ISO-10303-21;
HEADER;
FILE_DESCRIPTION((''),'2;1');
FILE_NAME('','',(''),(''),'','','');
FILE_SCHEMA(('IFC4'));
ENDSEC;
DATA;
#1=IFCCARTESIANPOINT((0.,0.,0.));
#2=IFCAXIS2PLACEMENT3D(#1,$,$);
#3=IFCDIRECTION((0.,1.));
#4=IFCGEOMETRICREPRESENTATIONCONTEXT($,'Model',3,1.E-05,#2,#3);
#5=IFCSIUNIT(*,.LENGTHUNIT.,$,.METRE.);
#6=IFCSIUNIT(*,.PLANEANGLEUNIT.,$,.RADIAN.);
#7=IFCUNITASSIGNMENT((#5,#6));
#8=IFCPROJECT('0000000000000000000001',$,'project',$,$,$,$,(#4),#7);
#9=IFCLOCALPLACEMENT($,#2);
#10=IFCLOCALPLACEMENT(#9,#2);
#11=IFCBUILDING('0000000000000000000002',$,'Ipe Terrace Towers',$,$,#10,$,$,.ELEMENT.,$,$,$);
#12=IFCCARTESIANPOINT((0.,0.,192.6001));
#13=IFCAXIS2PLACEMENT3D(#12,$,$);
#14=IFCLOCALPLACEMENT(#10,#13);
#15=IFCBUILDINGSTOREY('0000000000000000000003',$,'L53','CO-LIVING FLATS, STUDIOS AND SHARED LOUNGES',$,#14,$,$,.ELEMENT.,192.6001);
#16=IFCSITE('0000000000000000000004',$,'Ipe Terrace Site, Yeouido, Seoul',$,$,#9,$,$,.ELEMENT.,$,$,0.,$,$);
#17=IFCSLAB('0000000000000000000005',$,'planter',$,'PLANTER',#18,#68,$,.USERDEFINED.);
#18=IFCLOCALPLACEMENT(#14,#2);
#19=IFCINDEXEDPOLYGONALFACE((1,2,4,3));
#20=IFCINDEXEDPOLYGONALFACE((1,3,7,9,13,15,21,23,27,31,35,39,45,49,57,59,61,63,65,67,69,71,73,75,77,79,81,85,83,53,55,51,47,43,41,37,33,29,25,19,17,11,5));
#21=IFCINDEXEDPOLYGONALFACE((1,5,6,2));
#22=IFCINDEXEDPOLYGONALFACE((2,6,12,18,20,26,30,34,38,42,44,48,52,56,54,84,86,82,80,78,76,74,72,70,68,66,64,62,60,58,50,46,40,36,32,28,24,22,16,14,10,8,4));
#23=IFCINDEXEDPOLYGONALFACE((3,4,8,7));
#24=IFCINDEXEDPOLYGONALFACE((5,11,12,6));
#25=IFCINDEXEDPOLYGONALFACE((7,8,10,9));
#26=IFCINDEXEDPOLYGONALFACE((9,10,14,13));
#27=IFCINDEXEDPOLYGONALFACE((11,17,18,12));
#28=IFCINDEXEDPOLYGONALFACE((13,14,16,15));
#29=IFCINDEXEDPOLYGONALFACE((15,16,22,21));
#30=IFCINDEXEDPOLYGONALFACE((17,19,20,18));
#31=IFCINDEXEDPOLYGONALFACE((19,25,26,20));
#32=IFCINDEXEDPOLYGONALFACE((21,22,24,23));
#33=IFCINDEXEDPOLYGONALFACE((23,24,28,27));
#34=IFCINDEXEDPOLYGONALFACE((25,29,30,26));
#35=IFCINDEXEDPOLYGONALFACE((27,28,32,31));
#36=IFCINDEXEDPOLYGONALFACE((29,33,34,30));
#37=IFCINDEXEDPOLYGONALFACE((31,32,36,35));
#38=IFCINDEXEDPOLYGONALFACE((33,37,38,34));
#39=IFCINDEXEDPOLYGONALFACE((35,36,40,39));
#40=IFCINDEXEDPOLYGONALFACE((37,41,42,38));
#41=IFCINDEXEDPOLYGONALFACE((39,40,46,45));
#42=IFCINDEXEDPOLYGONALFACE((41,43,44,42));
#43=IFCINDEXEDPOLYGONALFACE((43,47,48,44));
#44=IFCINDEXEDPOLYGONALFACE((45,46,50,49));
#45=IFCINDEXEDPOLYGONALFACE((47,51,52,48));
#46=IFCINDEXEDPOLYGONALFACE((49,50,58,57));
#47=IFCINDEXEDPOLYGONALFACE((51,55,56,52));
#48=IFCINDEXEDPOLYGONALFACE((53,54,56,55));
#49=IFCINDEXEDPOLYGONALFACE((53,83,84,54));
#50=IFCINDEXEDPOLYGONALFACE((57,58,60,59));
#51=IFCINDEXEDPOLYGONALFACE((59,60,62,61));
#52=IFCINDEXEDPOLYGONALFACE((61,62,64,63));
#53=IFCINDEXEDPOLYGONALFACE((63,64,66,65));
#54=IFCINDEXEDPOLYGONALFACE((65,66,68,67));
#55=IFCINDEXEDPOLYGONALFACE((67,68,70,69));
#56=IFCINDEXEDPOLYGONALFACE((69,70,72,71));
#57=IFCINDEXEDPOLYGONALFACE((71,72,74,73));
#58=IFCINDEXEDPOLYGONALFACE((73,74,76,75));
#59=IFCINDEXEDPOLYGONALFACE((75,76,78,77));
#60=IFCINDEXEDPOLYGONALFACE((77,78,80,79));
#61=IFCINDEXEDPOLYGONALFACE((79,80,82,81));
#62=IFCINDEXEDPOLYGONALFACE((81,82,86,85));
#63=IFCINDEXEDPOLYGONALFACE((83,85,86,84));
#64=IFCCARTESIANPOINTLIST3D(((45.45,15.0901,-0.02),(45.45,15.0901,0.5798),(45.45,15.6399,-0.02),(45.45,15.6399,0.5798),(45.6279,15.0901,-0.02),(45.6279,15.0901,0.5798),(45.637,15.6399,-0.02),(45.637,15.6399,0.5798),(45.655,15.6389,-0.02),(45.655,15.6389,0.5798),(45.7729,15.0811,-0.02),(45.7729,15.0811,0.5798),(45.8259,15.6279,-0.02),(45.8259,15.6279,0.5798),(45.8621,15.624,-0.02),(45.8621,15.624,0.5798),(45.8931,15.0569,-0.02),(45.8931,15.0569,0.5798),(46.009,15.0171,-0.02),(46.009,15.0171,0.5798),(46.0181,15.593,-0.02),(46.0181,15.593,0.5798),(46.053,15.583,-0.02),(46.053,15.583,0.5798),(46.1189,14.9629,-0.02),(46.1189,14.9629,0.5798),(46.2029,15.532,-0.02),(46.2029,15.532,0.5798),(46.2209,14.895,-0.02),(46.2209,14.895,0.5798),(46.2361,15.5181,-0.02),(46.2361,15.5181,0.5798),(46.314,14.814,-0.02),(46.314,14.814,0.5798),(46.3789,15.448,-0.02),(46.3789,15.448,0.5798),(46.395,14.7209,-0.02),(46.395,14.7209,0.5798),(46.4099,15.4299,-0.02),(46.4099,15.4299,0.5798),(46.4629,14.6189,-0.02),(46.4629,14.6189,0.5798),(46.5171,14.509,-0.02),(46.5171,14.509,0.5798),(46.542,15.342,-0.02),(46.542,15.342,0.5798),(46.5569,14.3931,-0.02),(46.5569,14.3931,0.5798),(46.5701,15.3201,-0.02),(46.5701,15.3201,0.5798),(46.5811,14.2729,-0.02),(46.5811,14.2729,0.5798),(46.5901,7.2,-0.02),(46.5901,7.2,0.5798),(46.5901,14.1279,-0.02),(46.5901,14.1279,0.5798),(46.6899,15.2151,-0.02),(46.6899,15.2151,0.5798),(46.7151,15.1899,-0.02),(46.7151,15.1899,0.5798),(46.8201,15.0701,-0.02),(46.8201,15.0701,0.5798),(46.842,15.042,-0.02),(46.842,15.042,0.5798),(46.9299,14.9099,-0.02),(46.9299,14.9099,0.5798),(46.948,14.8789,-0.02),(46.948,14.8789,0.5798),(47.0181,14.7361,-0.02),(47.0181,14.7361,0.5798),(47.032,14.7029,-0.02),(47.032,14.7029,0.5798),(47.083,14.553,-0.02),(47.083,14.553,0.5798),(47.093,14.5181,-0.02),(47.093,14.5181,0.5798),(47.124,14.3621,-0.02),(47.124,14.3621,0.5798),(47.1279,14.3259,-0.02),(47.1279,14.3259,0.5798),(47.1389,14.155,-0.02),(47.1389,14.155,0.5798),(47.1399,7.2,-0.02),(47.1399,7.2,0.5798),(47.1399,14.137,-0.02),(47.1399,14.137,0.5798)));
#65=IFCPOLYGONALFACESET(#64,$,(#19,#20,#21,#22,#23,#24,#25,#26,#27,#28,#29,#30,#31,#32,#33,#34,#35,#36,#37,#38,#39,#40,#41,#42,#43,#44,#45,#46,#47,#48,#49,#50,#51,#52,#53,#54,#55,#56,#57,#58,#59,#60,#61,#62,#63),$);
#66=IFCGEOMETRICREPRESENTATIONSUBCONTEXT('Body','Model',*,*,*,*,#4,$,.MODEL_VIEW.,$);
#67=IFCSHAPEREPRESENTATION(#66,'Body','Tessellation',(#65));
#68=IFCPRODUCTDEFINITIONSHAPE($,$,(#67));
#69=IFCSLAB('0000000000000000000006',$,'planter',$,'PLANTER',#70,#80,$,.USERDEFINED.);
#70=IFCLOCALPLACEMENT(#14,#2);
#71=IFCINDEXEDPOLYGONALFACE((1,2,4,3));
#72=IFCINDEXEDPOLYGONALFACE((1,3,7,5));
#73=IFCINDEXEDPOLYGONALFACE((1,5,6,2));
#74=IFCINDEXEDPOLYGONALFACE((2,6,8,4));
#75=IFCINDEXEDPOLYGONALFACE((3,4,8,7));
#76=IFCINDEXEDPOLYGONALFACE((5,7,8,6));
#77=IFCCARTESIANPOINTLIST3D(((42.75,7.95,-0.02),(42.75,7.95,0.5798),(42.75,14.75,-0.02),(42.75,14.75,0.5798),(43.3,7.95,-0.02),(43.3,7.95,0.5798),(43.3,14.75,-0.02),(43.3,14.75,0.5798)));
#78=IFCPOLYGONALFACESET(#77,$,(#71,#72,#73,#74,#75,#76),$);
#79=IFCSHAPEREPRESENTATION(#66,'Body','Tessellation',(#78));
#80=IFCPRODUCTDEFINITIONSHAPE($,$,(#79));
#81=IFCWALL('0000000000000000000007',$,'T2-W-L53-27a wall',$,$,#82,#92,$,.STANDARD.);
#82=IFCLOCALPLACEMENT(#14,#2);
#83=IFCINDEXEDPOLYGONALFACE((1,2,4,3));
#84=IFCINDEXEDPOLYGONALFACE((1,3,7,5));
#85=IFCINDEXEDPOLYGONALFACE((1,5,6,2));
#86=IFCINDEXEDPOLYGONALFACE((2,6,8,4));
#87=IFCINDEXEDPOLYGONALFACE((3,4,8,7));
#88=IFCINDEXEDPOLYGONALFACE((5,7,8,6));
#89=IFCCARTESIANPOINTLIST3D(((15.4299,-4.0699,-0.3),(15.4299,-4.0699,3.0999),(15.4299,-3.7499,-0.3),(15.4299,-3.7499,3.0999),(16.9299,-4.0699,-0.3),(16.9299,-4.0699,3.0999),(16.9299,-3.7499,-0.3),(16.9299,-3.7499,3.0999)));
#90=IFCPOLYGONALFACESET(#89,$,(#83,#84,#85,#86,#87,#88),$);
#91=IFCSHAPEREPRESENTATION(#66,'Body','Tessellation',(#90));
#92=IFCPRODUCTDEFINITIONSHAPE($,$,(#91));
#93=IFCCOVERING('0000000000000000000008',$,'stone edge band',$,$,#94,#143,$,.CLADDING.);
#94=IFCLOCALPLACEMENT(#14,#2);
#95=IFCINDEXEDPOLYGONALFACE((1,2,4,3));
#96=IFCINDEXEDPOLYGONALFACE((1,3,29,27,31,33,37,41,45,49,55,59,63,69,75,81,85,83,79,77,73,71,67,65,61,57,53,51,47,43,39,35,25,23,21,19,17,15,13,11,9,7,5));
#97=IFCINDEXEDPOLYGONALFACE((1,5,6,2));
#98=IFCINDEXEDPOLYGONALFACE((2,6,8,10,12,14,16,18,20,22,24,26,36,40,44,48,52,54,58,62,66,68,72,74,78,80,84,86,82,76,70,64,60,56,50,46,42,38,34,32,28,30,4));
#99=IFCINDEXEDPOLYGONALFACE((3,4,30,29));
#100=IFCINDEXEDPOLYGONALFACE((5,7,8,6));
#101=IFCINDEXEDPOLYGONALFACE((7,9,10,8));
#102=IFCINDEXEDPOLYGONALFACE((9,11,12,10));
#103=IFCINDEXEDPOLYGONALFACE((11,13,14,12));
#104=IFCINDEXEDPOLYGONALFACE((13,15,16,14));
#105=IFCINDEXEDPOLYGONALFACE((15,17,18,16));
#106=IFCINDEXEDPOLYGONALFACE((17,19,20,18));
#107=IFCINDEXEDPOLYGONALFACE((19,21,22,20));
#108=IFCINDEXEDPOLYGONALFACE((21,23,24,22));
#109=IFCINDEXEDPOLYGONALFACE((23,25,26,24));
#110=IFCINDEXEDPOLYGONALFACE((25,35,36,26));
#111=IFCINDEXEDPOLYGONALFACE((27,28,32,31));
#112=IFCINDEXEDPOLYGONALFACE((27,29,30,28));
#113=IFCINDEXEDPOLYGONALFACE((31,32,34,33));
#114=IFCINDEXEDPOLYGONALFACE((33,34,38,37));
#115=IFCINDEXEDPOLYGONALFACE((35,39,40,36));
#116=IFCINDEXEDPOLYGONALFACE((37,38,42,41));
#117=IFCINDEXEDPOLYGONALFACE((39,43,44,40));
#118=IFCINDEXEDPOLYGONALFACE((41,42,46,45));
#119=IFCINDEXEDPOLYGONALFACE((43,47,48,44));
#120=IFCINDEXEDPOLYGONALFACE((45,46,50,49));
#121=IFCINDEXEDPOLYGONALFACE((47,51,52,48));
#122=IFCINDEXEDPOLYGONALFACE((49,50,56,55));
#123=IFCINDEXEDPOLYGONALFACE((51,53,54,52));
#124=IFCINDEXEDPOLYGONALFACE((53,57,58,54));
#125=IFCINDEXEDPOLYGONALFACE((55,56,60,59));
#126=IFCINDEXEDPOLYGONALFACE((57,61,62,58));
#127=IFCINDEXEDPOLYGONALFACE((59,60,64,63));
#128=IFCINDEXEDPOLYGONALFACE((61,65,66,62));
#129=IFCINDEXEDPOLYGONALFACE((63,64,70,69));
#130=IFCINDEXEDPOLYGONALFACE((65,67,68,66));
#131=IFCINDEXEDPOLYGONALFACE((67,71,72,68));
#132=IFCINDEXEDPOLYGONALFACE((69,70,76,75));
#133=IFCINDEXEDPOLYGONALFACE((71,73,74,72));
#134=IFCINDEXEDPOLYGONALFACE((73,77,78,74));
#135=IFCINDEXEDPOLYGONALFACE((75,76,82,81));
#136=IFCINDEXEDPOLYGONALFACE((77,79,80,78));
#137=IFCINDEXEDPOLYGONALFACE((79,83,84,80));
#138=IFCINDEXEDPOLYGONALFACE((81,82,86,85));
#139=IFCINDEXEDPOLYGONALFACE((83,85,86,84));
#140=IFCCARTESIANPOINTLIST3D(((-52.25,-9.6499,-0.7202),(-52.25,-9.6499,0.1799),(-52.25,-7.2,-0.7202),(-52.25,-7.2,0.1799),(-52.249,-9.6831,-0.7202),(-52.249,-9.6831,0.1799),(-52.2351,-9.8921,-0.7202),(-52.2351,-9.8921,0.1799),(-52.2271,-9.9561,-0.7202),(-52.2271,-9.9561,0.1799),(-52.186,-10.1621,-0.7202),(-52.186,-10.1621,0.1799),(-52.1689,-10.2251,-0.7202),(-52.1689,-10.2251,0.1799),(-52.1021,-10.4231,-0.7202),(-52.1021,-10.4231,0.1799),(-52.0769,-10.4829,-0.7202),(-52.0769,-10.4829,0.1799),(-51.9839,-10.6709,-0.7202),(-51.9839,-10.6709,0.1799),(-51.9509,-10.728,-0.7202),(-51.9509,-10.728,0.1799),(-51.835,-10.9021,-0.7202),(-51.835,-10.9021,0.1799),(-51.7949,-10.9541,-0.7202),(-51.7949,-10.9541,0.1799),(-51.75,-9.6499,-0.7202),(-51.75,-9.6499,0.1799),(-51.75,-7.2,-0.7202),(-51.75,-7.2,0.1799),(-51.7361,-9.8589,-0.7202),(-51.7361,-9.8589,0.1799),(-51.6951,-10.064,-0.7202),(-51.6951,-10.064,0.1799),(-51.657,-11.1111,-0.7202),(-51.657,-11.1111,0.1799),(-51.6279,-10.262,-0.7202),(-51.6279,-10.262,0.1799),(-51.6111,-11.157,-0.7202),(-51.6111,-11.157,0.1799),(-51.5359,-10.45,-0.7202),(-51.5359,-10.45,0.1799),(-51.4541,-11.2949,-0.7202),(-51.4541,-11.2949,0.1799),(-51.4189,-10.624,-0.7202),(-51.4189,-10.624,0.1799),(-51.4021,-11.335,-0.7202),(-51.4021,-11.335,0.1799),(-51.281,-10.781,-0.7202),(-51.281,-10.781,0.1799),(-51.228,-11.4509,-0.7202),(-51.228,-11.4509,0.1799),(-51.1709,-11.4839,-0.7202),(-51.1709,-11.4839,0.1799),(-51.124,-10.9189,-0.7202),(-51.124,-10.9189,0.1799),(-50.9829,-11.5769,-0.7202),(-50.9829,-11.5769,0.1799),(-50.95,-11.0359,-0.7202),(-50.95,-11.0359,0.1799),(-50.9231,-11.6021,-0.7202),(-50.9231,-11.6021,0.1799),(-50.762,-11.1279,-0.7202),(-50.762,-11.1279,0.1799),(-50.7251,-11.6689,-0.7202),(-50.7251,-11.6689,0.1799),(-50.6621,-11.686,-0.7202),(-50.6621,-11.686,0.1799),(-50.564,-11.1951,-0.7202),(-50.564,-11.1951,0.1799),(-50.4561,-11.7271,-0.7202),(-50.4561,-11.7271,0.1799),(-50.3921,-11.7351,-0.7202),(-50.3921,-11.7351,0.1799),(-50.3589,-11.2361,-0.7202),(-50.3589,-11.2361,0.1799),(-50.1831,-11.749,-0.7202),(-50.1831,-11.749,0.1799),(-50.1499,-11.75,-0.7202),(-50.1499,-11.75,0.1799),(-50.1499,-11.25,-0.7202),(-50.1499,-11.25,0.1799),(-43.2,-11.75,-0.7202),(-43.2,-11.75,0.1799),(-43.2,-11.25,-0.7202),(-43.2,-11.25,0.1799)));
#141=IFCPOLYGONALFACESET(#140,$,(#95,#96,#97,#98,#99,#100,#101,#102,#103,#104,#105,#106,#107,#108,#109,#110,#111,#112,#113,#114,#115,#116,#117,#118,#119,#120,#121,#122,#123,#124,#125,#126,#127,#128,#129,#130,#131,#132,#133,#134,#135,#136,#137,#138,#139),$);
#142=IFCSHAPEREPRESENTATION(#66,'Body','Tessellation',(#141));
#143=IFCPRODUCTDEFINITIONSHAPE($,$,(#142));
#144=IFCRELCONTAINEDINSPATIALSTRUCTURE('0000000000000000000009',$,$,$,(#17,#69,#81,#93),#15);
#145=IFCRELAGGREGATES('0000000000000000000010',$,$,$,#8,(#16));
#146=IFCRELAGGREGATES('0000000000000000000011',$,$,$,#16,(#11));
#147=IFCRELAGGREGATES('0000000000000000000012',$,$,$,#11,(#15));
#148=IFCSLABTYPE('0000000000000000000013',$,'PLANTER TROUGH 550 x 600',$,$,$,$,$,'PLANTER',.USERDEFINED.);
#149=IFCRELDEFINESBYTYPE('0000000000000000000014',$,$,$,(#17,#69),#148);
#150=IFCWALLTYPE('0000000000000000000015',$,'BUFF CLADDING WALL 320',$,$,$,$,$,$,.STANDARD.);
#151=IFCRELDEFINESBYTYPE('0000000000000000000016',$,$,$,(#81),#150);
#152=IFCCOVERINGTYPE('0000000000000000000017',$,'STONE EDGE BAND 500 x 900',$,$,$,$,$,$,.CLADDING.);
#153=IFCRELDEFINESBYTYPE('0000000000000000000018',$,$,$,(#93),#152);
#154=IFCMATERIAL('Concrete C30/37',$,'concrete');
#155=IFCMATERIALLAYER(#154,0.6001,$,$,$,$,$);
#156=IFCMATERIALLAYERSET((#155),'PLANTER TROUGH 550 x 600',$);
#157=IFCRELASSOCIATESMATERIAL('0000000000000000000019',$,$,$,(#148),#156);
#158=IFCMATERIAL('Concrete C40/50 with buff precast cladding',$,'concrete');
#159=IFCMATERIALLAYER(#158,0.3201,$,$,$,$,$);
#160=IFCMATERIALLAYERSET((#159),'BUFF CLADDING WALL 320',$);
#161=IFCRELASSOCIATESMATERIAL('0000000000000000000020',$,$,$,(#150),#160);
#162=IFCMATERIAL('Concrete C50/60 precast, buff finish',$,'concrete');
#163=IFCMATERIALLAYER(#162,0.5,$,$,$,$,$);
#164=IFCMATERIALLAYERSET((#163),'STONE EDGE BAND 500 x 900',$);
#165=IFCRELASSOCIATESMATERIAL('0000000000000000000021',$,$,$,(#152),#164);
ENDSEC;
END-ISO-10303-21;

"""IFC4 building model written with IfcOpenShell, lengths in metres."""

from ifc_helpers import new_model, si_unit, direction, frame, frame_2d, origin, place, context, subcontext, project, spatial, polyline, rectangle, outline, extrude, material, layer, layer_set, type_object, element, save


model = new_model("IFC4")

# Units and contexts
model_context = context("Model", 3, precision=1e-05, world=origin(), true_north=direction((0.0, 1.0)))
body_context = subcontext(model_context, "Body", "Model", "MODEL_VIEW")
ifc_project = project(units=[si_unit("LENGTHUNIT", "METRE"), si_unit("PLANEANGLEUNIT", "RADIAN")], contexts=[model_context])

# Site, building, storey
site_placement = place(None, origin())
site = spatial("IfcSite", under=ifc_project, at=site_placement, Name="Ipe Terrace Site, Yeouido, Seoul", CompositionType="ELEMENT", RefElevation=0.0)
building_placement = place(site_placement, origin())
building = spatial("IfcBuilding", under=site, at=building_placement, Name="Ipe Terrace Towers", CompositionType="ELEMENT")
storey_placement = place(building_placement, frame((0.0, 0.0, 192.6001)))
storey = spatial("IfcBuildingStorey", under=building, at=storey_placement, Name="L53", Description="CO-LIVING FLATS, STUDIOS AND SHARED LOUNGES", CompositionType="ELEMENT", Elevation=192.6001)

# Slabs
ifc_material_1 = material(Name="Concrete C30/37", Category="concrete")
ifc_layer_1 = layer(ifc_material_1, 0.6001)
ifc_layer_set_1 = layer_set([ifc_layer_1], Name="PLANTER TROUGH 550 x 600")
slab_type_1 = type_object("IfcSlabType", Name="PLANTER TROUGH 550 x 600", ElementType="PLANTER", PredefinedType="USERDEFINED", material=ifc_layer_set_1)
slab_1_placement = place(storey_placement, frame((0.0, 0.0, -0.02)))
element("IfcSlab", 1, at=slab_1_placement, inside=storey, type_object=slab_type_1, Name="planter", ObjectType="PLANTER", PredefinedType="USERDEFINED", context=body_context, shape_type="SweptSolid", body=[
    extrude(outline(polyline([(45.8931, 15.0569), (46.009, 15.0171), (46.1189, 14.9629), (46.2209, 14.895), (46.314, 14.814), (46.395, 14.7209), (46.4629, 14.6189), (46.5171, 14.509), (46.5569, 14.3931), (46.5811, 14.2729), (46.5901, 14.1279), (46.5901, 7.2), (47.1399, 7.2), (47.1399, 14.137), (47.1389, 14.155), (47.1279, 14.3259), (47.124, 14.3621), (47.093, 14.5181), (47.083, 14.553), (47.032, 14.7029), (47.0181, 14.7361), (46.948, 14.8789), (46.9299, 14.9099), (46.842, 15.042), (46.8201, 15.0701), (46.7151, 15.1899), (46.6899, 15.2151), (46.5701, 15.3201), (46.542, 15.342), (46.4099, 15.4299), (46.3789, 15.448), (46.2361, 15.5181), (46.2029, 15.532), (46.053, 15.583), (46.0181, 15.593), (45.8621, 15.624), (45.8259, 15.6279), (45.655, 15.6389), (45.637, 15.6399), (45.45, 15.6399), (45.45, 15.0901), (45.6279, 15.0901), (45.7729, 15.0811), (45.8931, 15.0569)])), origin(), (0.0, 0.0, 1.0), 0.5999),
])
slab_2_placement = place(storey_placement, frame((0.0, 0.0, -0.02)))
element("IfcSlab", 2, at=slab_2_placement, inside=storey, type_object=slab_type_1, Name="planter", ObjectType="PLANTER", PredefinedType="USERDEFINED", context=body_context, shape_type="SweptSolid", body=[
    extrude(outline(polyline([(42.75, 7.95), (43.3, 7.95), (43.3, 14.75), (42.75, 14.75), (42.75, 7.95)])), origin(), (0.0, 0.0, 1.0), 0.5999),
])

# Wall
ifc_material_2 = material(Name="Concrete C40/50 with buff precast cladding", Category="concrete")
ifc_layer_2 = layer(ifc_material_2, 0.3201)
ifc_layer_set_2 = layer_set([ifc_layer_2], Name="BUFF CLADDING WALL 320")
wall_type = type_object("IfcWallType", Name="BUFF CLADDING WALL 320", PredefinedType="STANDARD", material=ifc_layer_set_2)
wall_placement = place(storey_placement, frame((15.4299, -3.9099, -0.3), z_axis=(0.0, 0.0, 1.0), x_axis=(1.0, 0.0, 0.0)))
element("IfcWall", 3, at=wall_placement, inside=storey, type_object=wall_type, Name="T2-W-L53-27a wall", PredefinedType="STANDARD", context=body_context, shape_type="SweptSolid", body=[
    extrude(rectangle(XDim=1.5, YDim=0.3201, at=frame_2d((0.75, 0.0))), origin(), (0.0, 0.0, 1.0), 3.3999),
])

# Covering
ifc_material_3 = material(Name="Concrete C50/60 precast, buff finish", Category="concrete")
ifc_layer_3 = layer(ifc_material_3, 0.5)
ifc_layer_set_3 = layer_set([ifc_layer_3], Name="STONE EDGE BAND 500 x 900")
covering_type = type_object("IfcCoveringType", Name="STONE EDGE BAND 500 x 900", PredefinedType="CLADDING", material=ifc_layer_set_3)
covering_1_placement = place(storey_placement, frame((0.0, 0.0, -0.7202)))
element("IfcCovering", 4, at=covering_1_placement, inside=storey, type_object=covering_type, Name="stone edge band", PredefinedType="CLADDING", context=body_context, shape_type="SweptSolid", body=[
    extrude(outline(polyline([(-50.1499, -11.75), (-43.2, -11.75), (-43.2, -11.25), (-50.1499, -11.25), (-50.3589, -11.2361), (-50.564, -11.1951), (-50.762, -11.1279), (-50.95, -11.0359), (-51.124, -10.9189), (-51.281, -10.781), (-51.4189, -10.624), (-51.5359, -10.45), (-51.6279, -10.262), (-51.6951, -10.064), (-51.7361, -9.8589), (-51.75, -9.6499), (-51.75, -7.2), (-52.25, -7.2), (-52.25, -9.6499), (-52.249, -9.6831), (-52.2351, -9.8921), (-52.2271, -9.9561), (-52.186, -10.1621), (-52.1689, -10.2251), (-52.1021, -10.4231), (-52.0769, -10.4829), (-51.9839, -10.6709), (-51.9509, -10.728), (-51.835, -10.9021), (-51.7949, -10.9541), (-51.657, -11.1111), (-51.6111, -11.157), (-51.4541, -11.2949), (-51.4021, -11.335), (-51.228, -11.4509), (-51.1709, -11.4839), (-50.9829, -11.5769), (-50.9231, -11.6021), (-50.7251, -11.6689), (-50.6621, -11.686), (-50.4561, -11.7271), (-50.3921, -11.7351), (-50.1831, -11.749), (-50.1499, -11.75)])), origin(), (0.0, 0.0, 1.0), 0.9001),
])

save(model, "model.ifc")
